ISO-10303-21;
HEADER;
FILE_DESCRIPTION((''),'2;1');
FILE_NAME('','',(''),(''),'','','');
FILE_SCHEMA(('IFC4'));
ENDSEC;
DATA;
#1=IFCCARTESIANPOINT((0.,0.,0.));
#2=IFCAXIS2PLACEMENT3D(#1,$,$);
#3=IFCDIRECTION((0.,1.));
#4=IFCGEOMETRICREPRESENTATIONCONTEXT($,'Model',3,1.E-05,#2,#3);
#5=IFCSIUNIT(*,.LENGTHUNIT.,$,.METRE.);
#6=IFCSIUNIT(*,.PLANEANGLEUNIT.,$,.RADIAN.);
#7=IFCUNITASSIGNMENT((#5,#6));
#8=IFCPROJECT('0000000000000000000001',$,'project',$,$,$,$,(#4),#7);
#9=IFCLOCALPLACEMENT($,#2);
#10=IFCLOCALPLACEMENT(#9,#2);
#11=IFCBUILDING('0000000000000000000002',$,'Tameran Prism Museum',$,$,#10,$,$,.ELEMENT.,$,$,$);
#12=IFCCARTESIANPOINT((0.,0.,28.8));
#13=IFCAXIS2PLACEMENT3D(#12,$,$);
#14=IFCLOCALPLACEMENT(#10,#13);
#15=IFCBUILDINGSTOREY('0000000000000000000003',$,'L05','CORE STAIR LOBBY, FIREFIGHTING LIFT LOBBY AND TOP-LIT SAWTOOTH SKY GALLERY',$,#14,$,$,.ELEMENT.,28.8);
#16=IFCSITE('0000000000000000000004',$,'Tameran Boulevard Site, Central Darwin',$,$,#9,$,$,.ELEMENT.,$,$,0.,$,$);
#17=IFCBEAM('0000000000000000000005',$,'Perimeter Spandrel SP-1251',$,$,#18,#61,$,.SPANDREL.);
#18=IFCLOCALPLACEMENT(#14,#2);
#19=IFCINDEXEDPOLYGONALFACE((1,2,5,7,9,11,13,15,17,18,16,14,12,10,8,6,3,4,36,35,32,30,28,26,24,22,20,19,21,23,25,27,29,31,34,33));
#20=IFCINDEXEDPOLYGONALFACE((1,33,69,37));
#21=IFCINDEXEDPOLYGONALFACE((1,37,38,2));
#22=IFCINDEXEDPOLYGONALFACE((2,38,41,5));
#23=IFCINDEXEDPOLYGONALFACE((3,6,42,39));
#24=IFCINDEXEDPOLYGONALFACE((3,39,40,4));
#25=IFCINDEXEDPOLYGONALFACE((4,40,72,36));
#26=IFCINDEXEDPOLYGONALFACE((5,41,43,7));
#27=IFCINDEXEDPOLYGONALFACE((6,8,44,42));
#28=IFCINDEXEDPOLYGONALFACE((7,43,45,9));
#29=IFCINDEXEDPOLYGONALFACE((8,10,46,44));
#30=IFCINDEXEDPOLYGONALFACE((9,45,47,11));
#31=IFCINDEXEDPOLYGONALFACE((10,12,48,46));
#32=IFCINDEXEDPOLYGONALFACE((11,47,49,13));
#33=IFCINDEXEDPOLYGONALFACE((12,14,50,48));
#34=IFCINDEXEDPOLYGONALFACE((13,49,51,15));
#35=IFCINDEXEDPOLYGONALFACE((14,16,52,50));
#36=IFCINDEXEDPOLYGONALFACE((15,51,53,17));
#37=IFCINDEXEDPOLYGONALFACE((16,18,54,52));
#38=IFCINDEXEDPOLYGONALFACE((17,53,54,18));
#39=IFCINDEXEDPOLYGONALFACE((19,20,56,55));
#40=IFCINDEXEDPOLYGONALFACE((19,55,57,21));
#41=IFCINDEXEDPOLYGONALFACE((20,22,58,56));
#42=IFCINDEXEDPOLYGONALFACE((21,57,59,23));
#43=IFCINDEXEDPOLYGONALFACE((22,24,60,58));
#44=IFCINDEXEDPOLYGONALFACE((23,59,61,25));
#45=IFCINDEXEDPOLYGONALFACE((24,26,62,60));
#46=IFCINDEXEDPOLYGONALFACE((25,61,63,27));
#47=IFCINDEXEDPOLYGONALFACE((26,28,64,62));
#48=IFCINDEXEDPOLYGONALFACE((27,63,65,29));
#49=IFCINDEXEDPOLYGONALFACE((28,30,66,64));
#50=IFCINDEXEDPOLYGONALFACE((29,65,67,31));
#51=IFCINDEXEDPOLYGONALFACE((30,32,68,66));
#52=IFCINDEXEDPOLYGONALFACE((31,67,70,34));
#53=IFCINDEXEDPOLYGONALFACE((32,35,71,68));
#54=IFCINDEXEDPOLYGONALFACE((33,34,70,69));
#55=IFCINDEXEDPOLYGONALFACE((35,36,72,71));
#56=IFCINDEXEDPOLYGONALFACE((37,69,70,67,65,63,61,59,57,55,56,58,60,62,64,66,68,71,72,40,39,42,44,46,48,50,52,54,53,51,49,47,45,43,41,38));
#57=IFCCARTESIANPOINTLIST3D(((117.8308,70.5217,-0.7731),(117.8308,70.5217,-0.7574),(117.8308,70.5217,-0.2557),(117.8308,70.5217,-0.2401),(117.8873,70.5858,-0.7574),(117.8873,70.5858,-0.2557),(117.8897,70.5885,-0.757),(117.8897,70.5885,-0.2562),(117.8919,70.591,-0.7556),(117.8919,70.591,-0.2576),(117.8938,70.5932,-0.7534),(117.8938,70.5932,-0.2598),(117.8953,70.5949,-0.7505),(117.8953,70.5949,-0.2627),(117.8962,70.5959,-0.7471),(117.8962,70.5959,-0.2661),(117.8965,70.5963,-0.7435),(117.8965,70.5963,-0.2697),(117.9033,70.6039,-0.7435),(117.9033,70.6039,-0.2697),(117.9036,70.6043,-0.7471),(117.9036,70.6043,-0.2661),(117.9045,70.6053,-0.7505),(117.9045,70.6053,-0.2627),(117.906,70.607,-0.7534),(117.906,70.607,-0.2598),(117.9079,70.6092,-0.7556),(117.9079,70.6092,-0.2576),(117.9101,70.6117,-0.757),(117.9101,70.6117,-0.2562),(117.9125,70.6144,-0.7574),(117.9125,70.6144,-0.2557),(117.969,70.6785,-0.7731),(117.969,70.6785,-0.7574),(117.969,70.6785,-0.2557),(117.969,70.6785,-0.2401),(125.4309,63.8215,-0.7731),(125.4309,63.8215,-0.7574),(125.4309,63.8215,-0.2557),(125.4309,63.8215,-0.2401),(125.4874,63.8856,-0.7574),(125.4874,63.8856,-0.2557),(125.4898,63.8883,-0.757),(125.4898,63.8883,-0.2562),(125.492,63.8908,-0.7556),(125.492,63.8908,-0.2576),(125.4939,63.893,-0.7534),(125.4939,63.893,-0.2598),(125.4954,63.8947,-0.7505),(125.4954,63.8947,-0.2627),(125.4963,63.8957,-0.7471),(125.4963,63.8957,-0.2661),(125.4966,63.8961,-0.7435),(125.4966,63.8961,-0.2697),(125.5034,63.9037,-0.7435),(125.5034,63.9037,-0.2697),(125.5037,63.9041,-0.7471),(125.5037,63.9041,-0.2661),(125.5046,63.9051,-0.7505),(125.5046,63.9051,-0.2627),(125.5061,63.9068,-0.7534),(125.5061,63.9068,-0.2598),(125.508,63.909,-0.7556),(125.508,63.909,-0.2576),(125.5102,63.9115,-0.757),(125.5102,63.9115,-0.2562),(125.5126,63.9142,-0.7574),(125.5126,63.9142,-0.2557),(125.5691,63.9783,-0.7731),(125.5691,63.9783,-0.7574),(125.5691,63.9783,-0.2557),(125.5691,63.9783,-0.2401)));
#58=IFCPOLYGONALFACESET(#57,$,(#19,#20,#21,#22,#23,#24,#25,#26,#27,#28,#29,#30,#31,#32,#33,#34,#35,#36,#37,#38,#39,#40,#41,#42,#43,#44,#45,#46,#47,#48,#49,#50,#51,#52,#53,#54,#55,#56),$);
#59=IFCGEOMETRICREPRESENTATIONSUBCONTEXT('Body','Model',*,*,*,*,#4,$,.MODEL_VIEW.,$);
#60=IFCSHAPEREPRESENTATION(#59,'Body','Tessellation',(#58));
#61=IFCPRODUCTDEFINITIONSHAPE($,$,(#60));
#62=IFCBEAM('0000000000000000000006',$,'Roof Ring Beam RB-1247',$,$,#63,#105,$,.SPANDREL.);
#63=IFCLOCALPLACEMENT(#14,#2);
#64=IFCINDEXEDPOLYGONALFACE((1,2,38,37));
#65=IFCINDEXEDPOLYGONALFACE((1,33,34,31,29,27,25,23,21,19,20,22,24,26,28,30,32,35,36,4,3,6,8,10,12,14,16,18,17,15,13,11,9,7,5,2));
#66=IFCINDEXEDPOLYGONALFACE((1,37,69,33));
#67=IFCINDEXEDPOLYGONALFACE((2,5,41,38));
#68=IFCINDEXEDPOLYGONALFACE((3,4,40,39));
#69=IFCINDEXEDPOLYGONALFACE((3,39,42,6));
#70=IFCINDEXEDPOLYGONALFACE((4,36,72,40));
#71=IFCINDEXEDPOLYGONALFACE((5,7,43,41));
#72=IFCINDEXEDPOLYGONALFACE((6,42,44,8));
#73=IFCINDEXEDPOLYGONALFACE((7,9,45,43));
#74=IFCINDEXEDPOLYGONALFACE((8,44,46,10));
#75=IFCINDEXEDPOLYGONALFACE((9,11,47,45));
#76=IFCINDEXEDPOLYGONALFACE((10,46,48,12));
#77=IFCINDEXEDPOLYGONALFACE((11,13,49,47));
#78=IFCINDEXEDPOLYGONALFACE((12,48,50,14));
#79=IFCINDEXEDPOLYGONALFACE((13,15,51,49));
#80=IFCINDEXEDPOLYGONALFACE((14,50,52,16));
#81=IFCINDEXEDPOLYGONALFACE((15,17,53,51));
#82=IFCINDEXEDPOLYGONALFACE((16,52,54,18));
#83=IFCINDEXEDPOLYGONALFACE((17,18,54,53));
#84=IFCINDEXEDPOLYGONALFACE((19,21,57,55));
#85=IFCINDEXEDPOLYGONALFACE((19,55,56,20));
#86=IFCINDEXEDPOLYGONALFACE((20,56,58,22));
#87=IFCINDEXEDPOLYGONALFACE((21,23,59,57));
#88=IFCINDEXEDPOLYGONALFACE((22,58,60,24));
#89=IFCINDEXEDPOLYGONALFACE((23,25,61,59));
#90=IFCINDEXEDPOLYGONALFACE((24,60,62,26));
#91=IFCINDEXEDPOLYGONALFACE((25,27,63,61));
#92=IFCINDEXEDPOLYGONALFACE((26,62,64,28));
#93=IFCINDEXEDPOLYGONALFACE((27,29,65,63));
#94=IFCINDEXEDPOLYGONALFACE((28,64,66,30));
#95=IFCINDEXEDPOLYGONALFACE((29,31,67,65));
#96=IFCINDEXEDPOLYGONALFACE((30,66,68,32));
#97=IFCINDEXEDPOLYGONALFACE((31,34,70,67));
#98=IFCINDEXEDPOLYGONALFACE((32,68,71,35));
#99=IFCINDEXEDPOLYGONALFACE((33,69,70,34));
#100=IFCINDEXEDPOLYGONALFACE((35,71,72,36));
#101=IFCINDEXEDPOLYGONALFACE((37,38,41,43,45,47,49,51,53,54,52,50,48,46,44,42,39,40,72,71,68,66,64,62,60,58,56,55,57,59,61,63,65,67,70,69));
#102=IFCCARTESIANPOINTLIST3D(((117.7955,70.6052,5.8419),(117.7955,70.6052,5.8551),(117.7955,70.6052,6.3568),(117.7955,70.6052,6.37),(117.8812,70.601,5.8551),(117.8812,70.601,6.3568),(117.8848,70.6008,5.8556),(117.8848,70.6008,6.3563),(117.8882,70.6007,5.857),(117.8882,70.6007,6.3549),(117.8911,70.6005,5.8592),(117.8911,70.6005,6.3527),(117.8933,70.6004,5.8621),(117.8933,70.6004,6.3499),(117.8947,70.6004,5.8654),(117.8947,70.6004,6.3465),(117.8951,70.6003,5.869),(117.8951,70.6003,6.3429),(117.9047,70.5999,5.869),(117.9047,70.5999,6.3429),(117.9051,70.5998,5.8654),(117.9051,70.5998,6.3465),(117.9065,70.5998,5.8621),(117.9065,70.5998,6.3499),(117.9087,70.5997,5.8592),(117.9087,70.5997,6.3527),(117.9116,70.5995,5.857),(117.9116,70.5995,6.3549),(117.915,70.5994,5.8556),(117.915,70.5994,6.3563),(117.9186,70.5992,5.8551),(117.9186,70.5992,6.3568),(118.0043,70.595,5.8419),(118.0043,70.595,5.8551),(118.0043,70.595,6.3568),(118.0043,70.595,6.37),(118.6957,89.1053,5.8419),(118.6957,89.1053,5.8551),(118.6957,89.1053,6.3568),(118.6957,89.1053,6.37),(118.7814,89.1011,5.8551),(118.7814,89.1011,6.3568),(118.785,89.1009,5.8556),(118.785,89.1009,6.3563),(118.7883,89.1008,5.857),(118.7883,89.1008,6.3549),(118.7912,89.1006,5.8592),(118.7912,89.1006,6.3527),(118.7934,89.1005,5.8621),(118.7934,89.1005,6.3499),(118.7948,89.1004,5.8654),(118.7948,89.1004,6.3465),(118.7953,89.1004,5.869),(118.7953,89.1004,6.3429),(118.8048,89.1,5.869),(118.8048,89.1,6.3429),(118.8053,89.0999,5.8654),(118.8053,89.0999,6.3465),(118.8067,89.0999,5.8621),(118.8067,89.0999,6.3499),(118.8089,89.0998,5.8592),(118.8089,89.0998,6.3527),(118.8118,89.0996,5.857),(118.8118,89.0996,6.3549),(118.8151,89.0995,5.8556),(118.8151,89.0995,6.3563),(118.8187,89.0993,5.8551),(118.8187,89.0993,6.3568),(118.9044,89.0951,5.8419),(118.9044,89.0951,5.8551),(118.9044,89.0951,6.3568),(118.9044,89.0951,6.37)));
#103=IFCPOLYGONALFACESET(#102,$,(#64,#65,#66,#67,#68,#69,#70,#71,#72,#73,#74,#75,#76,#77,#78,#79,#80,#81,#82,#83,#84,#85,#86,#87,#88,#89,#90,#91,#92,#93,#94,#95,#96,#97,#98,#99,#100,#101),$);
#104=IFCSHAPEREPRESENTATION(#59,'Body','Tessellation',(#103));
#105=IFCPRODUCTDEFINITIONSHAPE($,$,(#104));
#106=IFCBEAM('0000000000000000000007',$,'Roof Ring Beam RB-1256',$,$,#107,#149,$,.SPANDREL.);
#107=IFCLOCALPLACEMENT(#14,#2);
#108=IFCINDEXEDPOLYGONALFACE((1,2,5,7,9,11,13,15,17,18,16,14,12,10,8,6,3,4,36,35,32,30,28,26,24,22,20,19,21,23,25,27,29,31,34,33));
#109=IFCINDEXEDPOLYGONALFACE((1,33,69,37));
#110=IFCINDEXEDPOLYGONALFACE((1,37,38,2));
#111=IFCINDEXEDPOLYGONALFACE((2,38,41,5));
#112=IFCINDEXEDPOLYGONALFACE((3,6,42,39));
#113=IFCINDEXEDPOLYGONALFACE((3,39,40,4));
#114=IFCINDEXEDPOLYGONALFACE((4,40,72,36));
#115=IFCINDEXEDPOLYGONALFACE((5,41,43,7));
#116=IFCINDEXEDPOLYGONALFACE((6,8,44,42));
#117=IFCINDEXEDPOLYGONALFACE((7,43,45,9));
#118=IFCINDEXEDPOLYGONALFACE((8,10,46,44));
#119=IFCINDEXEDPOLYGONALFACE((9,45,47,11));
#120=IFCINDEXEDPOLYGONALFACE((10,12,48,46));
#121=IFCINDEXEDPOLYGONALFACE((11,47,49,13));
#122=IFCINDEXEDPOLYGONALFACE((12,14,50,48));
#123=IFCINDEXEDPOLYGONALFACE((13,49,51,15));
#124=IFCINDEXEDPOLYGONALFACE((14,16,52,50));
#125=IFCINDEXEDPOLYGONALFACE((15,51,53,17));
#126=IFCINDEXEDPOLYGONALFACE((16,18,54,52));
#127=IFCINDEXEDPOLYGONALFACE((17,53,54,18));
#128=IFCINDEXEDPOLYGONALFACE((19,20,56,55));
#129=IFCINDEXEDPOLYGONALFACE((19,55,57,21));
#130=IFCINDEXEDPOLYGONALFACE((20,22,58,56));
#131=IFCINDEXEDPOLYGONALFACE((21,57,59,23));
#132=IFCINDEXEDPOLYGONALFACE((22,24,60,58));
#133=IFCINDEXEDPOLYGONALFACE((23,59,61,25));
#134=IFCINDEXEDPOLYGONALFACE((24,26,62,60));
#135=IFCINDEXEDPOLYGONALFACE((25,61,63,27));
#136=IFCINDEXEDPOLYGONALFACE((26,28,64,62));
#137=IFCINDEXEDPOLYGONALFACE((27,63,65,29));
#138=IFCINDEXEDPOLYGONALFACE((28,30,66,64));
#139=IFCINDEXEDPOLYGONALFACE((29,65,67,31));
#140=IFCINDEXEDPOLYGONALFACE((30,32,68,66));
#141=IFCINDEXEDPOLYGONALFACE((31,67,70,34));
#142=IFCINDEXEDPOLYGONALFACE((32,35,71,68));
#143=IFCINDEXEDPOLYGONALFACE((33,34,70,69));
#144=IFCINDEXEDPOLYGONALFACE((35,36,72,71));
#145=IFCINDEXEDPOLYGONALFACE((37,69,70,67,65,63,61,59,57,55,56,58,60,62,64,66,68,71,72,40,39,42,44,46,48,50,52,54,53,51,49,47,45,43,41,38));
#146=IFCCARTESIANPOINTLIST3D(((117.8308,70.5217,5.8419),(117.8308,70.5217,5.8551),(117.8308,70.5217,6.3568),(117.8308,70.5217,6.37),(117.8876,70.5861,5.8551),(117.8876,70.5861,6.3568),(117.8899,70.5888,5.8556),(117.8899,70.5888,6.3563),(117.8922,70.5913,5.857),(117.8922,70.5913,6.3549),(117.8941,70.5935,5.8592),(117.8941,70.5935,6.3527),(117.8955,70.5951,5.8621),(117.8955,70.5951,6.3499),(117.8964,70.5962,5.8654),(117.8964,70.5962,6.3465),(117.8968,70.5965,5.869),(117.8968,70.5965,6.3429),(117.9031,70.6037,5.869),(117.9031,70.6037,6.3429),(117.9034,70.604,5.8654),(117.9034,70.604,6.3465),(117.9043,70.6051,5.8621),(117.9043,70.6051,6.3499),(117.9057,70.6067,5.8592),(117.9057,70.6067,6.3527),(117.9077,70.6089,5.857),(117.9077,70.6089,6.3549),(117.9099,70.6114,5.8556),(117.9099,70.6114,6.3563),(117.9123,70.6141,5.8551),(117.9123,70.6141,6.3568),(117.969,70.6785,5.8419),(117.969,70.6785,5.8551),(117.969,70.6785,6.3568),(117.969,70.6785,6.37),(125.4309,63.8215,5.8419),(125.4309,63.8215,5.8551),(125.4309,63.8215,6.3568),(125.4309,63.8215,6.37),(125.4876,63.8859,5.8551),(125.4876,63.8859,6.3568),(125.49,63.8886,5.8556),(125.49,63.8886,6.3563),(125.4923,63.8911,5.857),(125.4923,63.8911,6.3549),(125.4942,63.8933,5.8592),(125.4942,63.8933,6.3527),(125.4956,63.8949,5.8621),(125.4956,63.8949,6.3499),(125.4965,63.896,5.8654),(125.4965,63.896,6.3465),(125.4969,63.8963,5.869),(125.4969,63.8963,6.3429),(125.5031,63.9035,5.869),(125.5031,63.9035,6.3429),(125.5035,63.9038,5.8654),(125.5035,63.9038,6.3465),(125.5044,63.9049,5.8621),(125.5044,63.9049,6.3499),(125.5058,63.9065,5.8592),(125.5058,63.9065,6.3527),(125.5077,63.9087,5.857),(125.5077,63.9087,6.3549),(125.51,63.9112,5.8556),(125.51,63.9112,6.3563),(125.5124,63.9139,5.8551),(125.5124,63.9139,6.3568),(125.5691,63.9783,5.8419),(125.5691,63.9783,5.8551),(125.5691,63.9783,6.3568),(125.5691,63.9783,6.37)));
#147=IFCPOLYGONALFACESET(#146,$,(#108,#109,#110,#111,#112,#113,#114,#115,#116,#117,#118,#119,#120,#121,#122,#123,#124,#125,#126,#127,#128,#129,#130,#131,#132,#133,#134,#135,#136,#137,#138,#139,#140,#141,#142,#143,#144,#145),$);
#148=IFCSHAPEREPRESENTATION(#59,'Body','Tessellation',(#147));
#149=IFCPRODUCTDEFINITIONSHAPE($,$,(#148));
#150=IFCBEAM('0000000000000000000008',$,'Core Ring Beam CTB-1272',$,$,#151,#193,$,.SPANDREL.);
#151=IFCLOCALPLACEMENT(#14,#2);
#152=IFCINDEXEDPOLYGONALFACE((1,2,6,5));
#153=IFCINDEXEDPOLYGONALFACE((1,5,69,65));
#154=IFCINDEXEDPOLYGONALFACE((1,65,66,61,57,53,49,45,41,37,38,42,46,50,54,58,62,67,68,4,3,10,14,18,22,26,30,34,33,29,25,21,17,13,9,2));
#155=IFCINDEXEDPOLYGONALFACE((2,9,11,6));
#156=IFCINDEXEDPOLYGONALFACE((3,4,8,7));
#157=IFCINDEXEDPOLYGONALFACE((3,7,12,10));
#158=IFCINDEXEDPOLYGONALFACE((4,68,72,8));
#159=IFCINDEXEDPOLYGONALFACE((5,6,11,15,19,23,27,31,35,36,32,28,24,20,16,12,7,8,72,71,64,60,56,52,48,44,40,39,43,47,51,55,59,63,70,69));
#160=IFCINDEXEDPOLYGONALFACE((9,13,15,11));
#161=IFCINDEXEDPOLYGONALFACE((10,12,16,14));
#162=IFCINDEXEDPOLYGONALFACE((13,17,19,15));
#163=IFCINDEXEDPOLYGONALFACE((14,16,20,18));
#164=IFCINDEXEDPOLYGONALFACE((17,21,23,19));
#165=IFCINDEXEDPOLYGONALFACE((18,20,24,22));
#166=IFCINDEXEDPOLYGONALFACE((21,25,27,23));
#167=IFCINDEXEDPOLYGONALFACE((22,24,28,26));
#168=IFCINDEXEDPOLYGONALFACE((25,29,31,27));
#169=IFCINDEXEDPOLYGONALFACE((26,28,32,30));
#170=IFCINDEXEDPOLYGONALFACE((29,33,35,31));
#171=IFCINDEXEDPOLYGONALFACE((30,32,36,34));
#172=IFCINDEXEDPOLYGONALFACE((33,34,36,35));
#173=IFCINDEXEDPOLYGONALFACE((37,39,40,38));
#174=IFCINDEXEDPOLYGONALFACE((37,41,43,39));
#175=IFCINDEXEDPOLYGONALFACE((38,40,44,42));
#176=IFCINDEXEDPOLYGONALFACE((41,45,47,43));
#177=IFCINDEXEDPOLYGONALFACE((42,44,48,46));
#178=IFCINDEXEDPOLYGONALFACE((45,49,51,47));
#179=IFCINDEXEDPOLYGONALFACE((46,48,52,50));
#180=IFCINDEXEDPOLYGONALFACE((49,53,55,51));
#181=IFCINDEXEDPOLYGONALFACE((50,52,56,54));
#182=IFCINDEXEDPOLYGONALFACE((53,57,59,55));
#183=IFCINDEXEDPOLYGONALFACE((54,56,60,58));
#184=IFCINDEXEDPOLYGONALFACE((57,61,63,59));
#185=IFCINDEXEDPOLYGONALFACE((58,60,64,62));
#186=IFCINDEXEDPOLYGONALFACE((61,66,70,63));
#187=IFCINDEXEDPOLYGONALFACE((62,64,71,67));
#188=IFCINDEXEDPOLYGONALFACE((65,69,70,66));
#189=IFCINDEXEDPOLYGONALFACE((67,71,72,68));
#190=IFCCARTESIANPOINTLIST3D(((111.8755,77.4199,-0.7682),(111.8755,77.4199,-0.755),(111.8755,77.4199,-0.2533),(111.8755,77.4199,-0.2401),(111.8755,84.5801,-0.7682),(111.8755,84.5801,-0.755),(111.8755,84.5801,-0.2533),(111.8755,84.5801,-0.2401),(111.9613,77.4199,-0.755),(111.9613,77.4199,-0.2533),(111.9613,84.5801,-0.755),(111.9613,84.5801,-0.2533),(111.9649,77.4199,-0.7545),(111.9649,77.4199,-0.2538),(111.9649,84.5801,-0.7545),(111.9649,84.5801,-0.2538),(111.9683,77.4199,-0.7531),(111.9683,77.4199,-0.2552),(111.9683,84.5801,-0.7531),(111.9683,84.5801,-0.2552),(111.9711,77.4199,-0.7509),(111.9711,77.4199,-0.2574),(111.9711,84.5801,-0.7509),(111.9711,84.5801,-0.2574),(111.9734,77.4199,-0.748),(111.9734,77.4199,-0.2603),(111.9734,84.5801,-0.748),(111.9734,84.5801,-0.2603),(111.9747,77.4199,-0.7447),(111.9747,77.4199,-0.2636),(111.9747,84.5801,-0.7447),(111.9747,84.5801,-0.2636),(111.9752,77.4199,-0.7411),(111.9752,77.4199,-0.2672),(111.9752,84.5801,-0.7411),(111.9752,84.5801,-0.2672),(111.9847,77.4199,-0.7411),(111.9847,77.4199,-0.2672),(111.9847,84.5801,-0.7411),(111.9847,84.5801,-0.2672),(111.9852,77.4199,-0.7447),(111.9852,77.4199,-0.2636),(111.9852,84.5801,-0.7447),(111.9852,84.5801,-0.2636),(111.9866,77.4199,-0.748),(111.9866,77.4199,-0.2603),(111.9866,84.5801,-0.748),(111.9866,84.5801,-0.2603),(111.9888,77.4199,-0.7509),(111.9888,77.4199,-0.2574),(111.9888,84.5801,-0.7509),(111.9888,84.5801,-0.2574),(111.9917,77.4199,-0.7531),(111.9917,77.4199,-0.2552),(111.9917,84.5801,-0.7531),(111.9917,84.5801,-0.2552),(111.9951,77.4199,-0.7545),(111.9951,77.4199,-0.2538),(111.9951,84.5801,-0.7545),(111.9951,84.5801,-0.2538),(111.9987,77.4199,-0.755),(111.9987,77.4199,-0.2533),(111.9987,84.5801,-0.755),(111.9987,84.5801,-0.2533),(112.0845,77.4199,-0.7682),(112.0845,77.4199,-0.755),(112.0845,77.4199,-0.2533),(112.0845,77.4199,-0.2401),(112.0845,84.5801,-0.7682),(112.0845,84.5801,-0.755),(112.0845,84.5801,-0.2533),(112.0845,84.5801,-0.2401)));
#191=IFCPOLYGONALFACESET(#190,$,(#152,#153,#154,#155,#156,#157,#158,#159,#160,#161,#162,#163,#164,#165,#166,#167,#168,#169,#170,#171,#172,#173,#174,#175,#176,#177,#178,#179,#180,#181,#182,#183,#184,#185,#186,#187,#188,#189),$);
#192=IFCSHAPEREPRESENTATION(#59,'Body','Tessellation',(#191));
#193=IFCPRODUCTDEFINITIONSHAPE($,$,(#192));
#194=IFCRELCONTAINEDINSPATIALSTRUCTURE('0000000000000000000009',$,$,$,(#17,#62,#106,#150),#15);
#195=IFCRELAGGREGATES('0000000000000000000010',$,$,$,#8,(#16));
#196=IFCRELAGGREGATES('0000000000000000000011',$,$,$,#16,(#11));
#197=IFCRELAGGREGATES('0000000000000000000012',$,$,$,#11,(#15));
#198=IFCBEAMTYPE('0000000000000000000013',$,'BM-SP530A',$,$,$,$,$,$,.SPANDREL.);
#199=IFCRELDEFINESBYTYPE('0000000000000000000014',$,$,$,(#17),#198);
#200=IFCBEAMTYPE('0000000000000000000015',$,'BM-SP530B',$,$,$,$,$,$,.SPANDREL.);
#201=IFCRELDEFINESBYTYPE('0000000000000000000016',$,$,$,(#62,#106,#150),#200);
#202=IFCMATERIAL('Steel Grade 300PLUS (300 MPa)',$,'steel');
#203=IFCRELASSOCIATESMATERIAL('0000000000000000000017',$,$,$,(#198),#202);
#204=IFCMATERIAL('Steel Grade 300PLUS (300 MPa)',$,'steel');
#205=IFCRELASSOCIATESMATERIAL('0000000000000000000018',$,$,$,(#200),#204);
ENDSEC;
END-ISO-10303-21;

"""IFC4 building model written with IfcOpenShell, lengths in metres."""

from ifc_helpers import new_model, si_unit, direction, frame, origin, origin_2d, place, context, subcontext, project, spatial, i_section, extrude, material, material_profile, profile_set, type_object, element, save


model = new_model("IFC4")

# Units and contexts
model_context = context("Model", 3, precision=1e-05, world=origin(), true_north=direction((0.0, 1.0)))
body_context = subcontext(model_context, "Body", "Model", "MODEL_VIEW")
ifc_project = project(units=[si_unit("LENGTHUNIT", "METRE"), si_unit("PLANEANGLEUNIT", "RADIAN")], contexts=[model_context])

# Site, building, storey
site_placement = place(None, origin())
site = spatial("IfcSite", under=ifc_project, at=site_placement, Name="Tameran Boulevard Site, Central Darwin", CompositionType="ELEMENT", RefElevation=0.0)
building_placement = place(site_placement, origin())
building = spatial("IfcBuilding", under=site, at=building_placement, Name="Tameran Prism Museum", CompositionType="ELEMENT")
storey_placement = place(building_placement, frame((0.0, 0.0, 28.8)))
storey = spatial("IfcBuildingStorey", under=building, at=storey_placement, Name="L05", Description="CORE STAIR LOBBY, FIREFIGHTING LIFT LOBBY AND TOP-LIT SAWTOOTH SKY GALLERY", CompositionType="ELEMENT", Elevation=28.8)

# Beams
ifc_material_1 = material(Name="Steel Grade 300PLUS (300 MPa)", Category="steel")
ifc_material_profile_1 = material_profile(ifc_material_1, i_section(OverallWidth=0.209, OverallDepth=0.533, WebThickness=0.0103, FlangeThickness=0.0156, FilletRadius=0.0139, at=origin_2d()))
ifc_profile_set_1 = profile_set([ifc_material_profile_1])
beam_type_1 = type_object("IfcBeamType", Name="BM-SP530A", PredefinedType="SPANDREL", material=ifc_profile_set_1)
beam_1_placement = place(storey_placement, frame((117.8999, 70.6001, -0.5066), z_axis=(0.75012, -0.661301, 0.0), x_axis=(0.661301, 0.75012, 0.0)))
element("IfcBeam", 1, at=beam_1_placement, inside=storey, type_object=beam_type_1, Name="Perimeter Spandrel SP-1251", PredefinedType="SPANDREL", context=body_context, shape_type="SweptSolid", body=[
    extrude(i_section(OverallWidth=0.209, OverallDepth=0.533, WebThickness=0.0103, FlangeThickness=0.0156, FilletRadius=0.0139, at=origin_2d()), origin(), (0.0, 0.0, 1.0), 10.1318),
])
ifc_material_2 = material(Name="Steel Grade 300PLUS (300 MPa)", Category="steel")
ifc_material_profile_2 = material_profile(ifc_material_2, i_section(OverallWidth=0.209, OverallDepth=0.5281, WebThickness=0.0095, FlangeThickness=0.0132, FilletRadius=0.0139, at=origin_2d()))
ifc_profile_set_2 = profile_set([ifc_material_profile_2])
beam_type_2 = type_object("IfcBeamType", Name="BM-SP530B", PredefinedType="SPANDREL", material=ifc_profile_set_2)
beam_2_placement = place(storey_placement, frame((117.8999, 70.6001, 6.106), z_axis=(0.048599, 0.998818, 0.0), x_axis=(-0.998818, 0.048599, 0.0)))
element("IfcBeam", 2, at=beam_2_placement, inside=storey, type_object=beam_type_2, Name="Roof Ring Beam RB-1247", PredefinedType="SPANDREL", context=body_context, shape_type="SweptSolid", body=[
    extrude(i_section(OverallWidth=0.209, OverallDepth=0.5281, WebThickness=0.0095, FlangeThickness=0.0132, FilletRadius=0.0139, at=origin_2d()), origin(), (0.0, 0.0, 1.0), 18.522),
])
beam_3_placement = place(storey_placement, frame((117.8999, 70.6001, 6.106), z_axis=(0.75012, -0.661301, 0.0), x_axis=(0.661301, 0.75012, 0.0)))
element("IfcBeam", 3, at=beam_3_placement, inside=storey, type_object=beam_type_2, Name="Roof Ring Beam RB-1256", PredefinedType="SPANDREL", context=body_context, shape_type="SweptSolid", body=[
    extrude(i_section(OverallWidth=0.209, OverallDepth=0.5281, WebThickness=0.0095, FlangeThickness=0.0132, FilletRadius=0.0139, at=origin_2d()), origin(), (0.0, 0.0, 1.0), 10.1318),
])
beam_4_placement = place(storey_placement, frame((111.98, 77.4199, -0.5042), z_axis=(0.0, 1.0, 0.0), x_axis=(-1.0, 0.0, 0.0)))
element("IfcBeam", 4, at=beam_4_placement, inside=storey, type_object=beam_type_2, Name="Core Ring Beam CTB-1272", PredefinedType="SPANDREL", context=body_context, shape_type="SweptSolid", body=[
    extrude(i_section(OverallWidth=0.209, OverallDepth=0.5281, WebThickness=0.0095, FlangeThickness=0.0132, FilletRadius=0.0139, at=origin_2d()), origin(), (0.0, 0.0, 1.0), 7.1602),
])

save(model, "model.ifc")
